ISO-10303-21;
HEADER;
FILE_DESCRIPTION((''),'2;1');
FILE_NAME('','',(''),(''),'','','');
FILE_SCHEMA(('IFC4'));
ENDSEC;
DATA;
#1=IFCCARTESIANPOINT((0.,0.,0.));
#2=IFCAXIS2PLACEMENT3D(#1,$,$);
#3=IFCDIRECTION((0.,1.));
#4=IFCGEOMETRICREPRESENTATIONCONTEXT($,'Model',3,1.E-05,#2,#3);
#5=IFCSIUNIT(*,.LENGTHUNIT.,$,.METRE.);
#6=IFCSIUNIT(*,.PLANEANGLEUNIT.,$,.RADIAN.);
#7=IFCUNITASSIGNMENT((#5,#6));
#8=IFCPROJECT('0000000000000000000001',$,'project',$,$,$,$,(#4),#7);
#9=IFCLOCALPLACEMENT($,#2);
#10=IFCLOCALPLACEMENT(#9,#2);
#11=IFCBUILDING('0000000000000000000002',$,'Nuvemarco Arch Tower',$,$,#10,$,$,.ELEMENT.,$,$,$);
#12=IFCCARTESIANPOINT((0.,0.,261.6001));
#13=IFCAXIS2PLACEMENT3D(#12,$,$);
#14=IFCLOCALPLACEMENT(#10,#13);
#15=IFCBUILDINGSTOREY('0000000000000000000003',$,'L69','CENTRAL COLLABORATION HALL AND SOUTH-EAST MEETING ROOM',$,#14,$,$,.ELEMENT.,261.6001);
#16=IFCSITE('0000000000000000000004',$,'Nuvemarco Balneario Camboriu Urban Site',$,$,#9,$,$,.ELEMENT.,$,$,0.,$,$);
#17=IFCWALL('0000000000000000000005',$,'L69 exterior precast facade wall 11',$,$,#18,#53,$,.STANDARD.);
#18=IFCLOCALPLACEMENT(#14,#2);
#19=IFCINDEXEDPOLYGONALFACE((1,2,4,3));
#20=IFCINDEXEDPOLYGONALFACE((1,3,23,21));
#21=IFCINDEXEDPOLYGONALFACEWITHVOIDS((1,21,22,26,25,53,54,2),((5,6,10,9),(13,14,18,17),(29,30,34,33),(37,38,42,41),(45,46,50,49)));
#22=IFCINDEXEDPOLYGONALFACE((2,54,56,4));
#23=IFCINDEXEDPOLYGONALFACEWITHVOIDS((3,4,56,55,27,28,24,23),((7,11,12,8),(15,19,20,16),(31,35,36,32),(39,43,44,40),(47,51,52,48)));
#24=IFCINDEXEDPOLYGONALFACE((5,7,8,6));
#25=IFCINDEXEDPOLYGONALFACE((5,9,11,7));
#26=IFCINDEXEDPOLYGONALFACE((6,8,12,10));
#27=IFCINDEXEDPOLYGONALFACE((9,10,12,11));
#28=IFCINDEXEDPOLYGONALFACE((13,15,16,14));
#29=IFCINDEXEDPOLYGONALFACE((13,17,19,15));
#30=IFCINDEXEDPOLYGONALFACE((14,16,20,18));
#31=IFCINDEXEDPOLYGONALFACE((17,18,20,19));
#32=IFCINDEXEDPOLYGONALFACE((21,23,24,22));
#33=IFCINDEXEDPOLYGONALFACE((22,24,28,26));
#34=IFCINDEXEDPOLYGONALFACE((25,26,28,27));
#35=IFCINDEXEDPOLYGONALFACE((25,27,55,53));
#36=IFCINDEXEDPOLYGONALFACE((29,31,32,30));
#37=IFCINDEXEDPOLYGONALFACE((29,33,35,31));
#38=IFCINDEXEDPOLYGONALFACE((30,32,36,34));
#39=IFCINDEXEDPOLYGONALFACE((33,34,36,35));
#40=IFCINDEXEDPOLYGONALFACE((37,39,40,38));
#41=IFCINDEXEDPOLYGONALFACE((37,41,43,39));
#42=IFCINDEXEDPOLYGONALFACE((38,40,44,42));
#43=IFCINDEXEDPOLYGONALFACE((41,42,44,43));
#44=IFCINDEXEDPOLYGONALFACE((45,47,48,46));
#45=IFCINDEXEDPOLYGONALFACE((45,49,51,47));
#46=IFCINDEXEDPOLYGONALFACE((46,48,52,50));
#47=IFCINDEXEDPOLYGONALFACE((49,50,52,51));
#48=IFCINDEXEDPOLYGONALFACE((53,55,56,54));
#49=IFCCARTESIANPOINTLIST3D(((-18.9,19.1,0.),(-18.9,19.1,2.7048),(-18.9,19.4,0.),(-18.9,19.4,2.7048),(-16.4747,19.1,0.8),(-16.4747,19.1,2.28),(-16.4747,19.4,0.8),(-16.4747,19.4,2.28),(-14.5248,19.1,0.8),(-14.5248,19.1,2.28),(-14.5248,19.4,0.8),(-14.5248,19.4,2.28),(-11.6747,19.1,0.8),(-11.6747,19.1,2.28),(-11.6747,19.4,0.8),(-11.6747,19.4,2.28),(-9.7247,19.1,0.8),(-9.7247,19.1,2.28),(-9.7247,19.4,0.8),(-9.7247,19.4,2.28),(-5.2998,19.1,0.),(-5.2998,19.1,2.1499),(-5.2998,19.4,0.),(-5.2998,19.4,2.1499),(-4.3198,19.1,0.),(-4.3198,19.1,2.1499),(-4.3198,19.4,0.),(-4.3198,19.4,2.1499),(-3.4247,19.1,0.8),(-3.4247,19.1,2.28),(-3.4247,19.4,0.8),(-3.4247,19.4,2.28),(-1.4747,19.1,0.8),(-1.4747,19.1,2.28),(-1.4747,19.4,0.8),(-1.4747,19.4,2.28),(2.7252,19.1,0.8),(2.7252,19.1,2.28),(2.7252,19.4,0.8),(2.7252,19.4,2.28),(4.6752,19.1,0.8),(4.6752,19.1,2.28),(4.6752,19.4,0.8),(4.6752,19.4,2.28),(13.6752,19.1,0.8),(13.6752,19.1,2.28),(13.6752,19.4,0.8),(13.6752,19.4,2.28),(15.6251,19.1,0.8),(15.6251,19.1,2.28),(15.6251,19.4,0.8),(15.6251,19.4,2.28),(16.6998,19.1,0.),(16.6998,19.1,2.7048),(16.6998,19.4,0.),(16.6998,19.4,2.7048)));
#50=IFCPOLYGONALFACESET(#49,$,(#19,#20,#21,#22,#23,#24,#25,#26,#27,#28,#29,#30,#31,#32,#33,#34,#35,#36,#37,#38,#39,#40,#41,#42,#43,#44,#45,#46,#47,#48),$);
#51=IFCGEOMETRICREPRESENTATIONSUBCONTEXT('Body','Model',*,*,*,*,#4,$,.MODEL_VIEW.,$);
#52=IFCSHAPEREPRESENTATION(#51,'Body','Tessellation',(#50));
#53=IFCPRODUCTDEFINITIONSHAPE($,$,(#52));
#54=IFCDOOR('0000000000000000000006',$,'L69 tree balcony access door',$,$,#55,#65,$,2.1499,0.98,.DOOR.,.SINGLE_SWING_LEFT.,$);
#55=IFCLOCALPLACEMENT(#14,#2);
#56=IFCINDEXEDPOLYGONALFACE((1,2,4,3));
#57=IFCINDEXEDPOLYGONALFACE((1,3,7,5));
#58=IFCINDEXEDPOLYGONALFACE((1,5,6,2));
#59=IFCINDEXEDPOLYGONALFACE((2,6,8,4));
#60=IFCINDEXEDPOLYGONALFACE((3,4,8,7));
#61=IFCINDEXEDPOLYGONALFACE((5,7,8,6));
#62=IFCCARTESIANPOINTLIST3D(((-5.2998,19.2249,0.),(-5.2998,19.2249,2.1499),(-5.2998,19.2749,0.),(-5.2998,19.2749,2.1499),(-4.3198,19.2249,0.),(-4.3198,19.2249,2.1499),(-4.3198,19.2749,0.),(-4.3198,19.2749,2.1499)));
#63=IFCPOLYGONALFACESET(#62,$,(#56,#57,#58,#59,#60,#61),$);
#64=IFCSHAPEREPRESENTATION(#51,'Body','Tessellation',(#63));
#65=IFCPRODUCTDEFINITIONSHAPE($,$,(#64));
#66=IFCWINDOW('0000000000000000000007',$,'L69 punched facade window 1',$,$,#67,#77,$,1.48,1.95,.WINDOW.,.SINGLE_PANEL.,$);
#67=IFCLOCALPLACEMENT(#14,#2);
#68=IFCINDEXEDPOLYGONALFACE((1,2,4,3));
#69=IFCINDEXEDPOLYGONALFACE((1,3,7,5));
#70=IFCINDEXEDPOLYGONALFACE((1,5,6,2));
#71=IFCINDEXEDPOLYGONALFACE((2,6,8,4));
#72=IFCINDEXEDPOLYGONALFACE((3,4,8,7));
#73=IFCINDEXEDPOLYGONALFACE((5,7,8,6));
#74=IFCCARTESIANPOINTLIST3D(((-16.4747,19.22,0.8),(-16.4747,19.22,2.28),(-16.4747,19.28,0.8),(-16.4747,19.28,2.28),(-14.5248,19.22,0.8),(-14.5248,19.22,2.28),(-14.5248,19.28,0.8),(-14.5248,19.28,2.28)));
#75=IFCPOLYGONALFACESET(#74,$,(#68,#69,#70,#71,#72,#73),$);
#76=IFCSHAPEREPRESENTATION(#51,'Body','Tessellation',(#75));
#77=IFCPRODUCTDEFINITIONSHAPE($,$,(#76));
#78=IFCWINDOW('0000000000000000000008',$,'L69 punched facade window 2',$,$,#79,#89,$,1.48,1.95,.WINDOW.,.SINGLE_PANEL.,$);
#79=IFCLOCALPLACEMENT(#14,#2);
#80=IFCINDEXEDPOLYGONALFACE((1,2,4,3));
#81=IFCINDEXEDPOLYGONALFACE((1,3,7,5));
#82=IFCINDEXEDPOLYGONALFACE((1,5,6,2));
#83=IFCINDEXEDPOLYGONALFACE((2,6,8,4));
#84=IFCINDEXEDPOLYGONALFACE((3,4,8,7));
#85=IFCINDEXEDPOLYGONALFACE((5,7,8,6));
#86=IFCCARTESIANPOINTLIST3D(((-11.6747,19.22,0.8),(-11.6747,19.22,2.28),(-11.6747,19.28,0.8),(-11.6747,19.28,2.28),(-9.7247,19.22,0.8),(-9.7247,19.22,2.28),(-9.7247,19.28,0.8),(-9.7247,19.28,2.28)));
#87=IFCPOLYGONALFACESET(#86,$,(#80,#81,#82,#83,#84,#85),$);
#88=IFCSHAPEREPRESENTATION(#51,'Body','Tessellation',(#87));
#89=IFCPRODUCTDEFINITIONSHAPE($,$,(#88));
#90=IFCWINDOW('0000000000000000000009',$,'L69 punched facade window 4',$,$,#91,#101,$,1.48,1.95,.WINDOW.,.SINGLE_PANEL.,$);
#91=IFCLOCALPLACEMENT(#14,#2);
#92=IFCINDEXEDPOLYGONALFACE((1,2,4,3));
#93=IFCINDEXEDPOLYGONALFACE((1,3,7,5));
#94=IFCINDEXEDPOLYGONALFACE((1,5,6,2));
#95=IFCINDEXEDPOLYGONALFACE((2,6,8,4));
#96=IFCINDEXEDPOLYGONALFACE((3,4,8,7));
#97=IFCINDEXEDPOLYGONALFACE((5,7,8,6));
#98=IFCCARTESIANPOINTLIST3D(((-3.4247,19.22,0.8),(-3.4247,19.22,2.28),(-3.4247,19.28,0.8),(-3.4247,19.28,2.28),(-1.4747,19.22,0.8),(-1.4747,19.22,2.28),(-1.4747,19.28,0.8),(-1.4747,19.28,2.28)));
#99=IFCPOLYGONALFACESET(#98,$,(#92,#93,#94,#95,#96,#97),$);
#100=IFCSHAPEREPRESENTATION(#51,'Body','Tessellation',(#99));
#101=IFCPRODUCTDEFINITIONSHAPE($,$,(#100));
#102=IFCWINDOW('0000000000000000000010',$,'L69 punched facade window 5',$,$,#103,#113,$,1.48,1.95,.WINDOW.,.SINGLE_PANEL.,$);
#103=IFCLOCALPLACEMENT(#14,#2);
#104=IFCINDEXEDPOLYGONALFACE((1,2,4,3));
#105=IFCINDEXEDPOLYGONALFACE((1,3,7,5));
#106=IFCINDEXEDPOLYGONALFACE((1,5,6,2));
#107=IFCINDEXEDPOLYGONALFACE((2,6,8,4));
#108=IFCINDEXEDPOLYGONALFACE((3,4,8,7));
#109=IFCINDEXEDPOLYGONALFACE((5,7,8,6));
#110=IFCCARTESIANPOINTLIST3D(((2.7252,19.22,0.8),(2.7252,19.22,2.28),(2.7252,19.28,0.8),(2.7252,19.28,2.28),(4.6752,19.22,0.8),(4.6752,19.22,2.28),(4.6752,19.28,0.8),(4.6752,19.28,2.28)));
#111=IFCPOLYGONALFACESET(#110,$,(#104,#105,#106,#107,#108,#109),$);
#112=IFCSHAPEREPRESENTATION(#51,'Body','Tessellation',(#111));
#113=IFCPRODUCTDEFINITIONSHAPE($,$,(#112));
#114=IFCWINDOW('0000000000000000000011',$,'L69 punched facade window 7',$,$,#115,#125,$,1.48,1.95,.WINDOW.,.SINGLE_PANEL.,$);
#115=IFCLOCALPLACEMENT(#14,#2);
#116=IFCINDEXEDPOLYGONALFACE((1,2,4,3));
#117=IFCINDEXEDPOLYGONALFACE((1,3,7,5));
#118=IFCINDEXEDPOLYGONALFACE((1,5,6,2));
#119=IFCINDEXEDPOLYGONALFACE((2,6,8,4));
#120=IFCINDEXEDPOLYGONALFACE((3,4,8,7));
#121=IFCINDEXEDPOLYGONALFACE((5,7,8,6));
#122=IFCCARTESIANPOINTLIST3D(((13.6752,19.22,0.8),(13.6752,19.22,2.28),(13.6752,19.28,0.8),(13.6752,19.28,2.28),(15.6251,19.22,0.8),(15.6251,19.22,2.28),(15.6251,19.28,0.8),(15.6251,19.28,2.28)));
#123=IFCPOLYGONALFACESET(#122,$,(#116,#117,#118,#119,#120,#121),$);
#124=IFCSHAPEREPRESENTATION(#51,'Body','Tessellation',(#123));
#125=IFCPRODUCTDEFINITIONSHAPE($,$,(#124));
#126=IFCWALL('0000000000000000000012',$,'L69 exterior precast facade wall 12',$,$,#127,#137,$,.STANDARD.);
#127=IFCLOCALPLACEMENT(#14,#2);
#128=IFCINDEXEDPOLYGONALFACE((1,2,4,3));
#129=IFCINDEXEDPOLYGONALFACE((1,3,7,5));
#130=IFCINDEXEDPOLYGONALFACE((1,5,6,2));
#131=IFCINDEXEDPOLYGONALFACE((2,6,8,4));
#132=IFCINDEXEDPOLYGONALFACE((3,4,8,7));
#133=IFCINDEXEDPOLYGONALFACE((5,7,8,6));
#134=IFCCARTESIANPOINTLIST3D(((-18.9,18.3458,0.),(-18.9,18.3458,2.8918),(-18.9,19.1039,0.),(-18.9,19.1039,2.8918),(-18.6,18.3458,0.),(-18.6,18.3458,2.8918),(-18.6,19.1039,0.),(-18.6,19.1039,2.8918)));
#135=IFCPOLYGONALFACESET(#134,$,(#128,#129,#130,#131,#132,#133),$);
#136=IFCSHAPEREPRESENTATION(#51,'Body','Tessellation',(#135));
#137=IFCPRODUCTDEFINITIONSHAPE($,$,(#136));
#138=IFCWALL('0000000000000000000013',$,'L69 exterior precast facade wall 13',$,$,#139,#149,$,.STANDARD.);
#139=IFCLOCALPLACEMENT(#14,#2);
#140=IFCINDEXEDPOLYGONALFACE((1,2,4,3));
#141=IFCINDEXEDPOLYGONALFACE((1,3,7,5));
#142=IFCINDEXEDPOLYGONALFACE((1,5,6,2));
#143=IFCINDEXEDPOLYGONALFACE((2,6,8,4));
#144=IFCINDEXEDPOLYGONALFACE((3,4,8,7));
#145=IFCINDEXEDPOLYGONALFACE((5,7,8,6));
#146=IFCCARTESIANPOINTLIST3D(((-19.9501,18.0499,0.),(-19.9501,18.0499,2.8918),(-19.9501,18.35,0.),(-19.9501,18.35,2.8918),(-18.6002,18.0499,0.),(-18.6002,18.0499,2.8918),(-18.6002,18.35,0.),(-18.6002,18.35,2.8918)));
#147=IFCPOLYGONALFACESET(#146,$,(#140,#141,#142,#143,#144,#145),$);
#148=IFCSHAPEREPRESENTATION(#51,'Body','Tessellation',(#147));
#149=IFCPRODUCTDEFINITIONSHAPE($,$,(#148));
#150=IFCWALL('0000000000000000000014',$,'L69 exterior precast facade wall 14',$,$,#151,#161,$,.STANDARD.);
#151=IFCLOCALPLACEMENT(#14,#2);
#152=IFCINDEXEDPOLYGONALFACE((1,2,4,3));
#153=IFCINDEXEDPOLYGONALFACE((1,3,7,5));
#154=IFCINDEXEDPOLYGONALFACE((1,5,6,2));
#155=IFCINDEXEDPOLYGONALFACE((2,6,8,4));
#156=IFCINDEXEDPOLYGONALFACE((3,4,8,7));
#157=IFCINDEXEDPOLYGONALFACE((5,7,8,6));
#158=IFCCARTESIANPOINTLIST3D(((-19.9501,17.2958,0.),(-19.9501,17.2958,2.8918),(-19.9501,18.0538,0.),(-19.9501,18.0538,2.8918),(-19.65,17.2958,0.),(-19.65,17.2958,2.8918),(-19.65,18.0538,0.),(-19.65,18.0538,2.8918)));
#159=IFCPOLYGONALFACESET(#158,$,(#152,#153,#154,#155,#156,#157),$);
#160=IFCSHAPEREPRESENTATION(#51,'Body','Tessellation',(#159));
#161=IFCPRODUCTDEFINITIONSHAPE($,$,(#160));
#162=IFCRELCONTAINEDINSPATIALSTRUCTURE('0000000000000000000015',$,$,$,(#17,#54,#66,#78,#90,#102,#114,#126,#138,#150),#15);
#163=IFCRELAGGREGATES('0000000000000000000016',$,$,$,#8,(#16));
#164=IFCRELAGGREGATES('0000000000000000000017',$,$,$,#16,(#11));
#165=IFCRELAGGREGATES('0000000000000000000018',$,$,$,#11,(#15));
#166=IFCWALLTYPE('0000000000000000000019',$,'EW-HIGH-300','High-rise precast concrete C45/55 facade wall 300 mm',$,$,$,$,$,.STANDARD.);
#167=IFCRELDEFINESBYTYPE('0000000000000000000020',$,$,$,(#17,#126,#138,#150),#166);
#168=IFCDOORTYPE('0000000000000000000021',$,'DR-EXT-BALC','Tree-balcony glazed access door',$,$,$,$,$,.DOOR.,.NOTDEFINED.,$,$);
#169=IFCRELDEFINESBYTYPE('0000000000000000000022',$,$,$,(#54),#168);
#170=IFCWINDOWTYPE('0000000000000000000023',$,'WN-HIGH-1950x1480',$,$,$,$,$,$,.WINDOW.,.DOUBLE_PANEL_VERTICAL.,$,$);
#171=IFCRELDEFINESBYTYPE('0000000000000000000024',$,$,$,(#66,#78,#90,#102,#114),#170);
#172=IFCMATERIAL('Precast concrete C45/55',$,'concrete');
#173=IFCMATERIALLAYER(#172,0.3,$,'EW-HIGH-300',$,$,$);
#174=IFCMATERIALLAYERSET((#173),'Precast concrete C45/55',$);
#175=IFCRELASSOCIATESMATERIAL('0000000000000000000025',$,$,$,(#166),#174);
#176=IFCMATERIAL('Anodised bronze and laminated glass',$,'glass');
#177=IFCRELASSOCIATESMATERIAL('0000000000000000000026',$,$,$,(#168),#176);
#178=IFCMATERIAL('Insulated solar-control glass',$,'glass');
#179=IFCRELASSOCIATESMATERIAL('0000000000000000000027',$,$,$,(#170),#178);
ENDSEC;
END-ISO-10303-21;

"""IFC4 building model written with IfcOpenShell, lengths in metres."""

from ifc_helpers import new_model, si_unit, direction, frame, frame_2d, origin, place, context, subcontext, project, spatial, rectangle, extrude, source, transform, mapped, material, layer, layer_set, type_object, type_shapes, element, fill, save


model = new_model("IFC4")

# Units and contexts
model_context = context("Model", 3, precision=1e-05, world=origin(), true_north=direction((0.0, 1.0)))
body_context = subcontext(model_context, "Body", "Model", "MODEL_VIEW")
ifc_project = project(units=[si_unit("LENGTHUNIT", "METRE"), si_unit("PLANEANGLEUNIT", "RADIAN")], contexts=[model_context])

# Site, building, storey
site_placement = place(None, origin())
site = spatial("IfcSite", under=ifc_project, at=site_placement, Name="Nuvemarco Balneario Camboriu Urban Site", CompositionType="ELEMENT", RefElevation=0.0)
building_placement = place(site_placement, origin())
building = spatial("IfcBuilding", under=site, at=building_placement, Name="Nuvemarco Arch Tower", CompositionType="ELEMENT")
storey_placement = place(building_placement, frame((0.0, 0.0, 261.6001)))
storey = spatial("IfcBuildingStorey", under=building, at=storey_placement, Name="L69", Description="CENTRAL COLLABORATION HALL AND SOUTH-EAST MEETING ROOM", CompositionType="ELEMENT", Elevation=261.6001)

# Wall, openings, door, windows
ifc_material_1 = material(Name="Precast concrete C45/55", Category="concrete")
ifc_layer_1 = layer(ifc_material_1, 0.3, Name="EW-HIGH-300")
ifc_layer_set_1 = layer_set([ifc_layer_1], Name="Precast concrete C45/55")
wall_type_1 = type_object("IfcWallType", Name="EW-HIGH-300", Description="High-rise precast concrete C45/55 facade wall 300 mm", PredefinedType="STANDARD", material=ifc_layer_set_1)
wall_1_placement = place(storey_placement, frame((-18.8999, 19.25, 0.0), z_axis=(0.0, 0.0, 1.0), x_axis=(1.0, 0.0, 0.0)))
wall_1 = element("IfcWall", 1, at=wall_1_placement, inside=storey, type_object=wall_type_1, Name="L69 exterior precast facade wall 11", PredefinedType="STANDARD", context=body_context, shape_type="SweptSolid", body=[
    extrude(rectangle(XDim=35.5999, YDim=0.3, at=frame_2d((17.7998, 0.0))), origin(), (0.0, 0.0, 1.0), 2.7048),
])
opening_1_placement = place(wall_1_placement, frame((13.6001, 0.0, 0.0)))
opening_1 = element("IfcOpeningElement", 2, at=opening_1_placement, cuts=wall_1, PredefinedType="OPENING", context=body_context, shape_type="SweptSolid", body=[
    extrude(rectangle(XDim=0.98, YDim=2.1499, at=frame_2d((0.49, 1.075))), frame((0.0, 0.1599, 0.0), z_axis=(0.0, -1.0, 0.0), x_axis=(1.0, 0.0, 0.0)), (0.0, 0.0, 1.0), 0.3201),
])
opening_2_placement = place(wall_1_placement, frame((2.425, 0.0, 0.8)))
opening_2 = element("IfcOpeningElement", 3, at=opening_2_placement, cuts=wall_1, PredefinedType="OPENING", context=body_context, shape_type="SweptSolid", body=[
    extrude(rectangle(XDim=1.95, YDim=1.48, at=frame_2d((0.9751, 0.74))), frame((0.0, 0.1599, 0.0), z_axis=(0.0, -1.0, 0.0), x_axis=(1.0, 0.0, 0.0)), (0.0, 0.0, 1.0), 0.3201),
])
opening_3_placement = place(wall_1_placement, frame((7.2251, 0.0, 0.8)))
opening_3 = element("IfcOpeningElement", 4, at=opening_3_placement, cuts=wall_1, PredefinedType="OPENING", context=body_context, shape_type="SweptSolid", body=[
    extrude(rectangle(XDim=1.95, YDim=1.48, at=frame_2d((0.9751, 0.74))), frame((0.0, 0.1599, 0.0), z_axis=(0.0, -1.0, 0.0), x_axis=(1.0, 0.0, 0.0)), (0.0, 0.0, 1.0), 0.3201),
])
opening_4_placement = place(wall_1_placement, frame((15.4751, 0.0, 0.8)))
opening_4 = element("IfcOpeningElement", 5, at=opening_4_placement, cuts=wall_1, PredefinedType="OPENING", context=body_context, shape_type="SweptSolid", body=[
    extrude(rectangle(XDim=1.95, YDim=1.48, at=frame_2d((0.9751, 0.74))), frame((0.0, 0.1599, 0.0), z_axis=(0.0, -1.0, 0.0), x_axis=(1.0, 0.0, 0.0)), (0.0, 0.0, 1.0), 0.3201),
])
opening_5_placement = place(wall_1_placement, frame((21.625, 0.0, 0.8)))
opening_5 = element("IfcOpeningElement", 6, at=opening_5_placement, cuts=wall_1, PredefinedType="OPENING", context=body_context, shape_type="SweptSolid", body=[
    extrude(rectangle(XDim=1.95, YDim=1.48, at=frame_2d((0.9751, 0.74))), frame((0.0, 0.1599, 0.0), z_axis=(0.0, -1.0, 0.0), x_axis=(1.0, 0.0, 0.0)), (0.0, 0.0, 1.0), 0.3201),
])
opening_6_placement = place(wall_1_placement, frame((32.575, 0.0, 0.8)))
opening_6 = element("IfcOpeningElement", 7, at=opening_6_placement, cuts=wall_1, PredefinedType="OPENING", context=body_context, shape_type="SweptSolid", body=[
    extrude(rectangle(XDim=1.95, YDim=1.48, at=frame_2d((0.9751, 0.74))), frame((0.0, 0.1599, 0.0), z_axis=(0.0, -1.0, 0.0), x_axis=(1.0, 0.0, 0.0)), (0.0, 0.0, 1.0), 0.3201),
])
ifc_material_2 = material(Name="Anodised bronze and laminated glass", Category="glass")
door_type_1 = type_object("IfcDoorType", Name="DR-EXT-BALC", Description="Tree-balcony glazed access door", OperationType="NOTDEFINED", PredefinedType="DOOR", material=ifc_material_2)
shared_shape_1 = source(origin(), body_context, "Body", "SweptSolid", [
    extrude(rectangle(XDim=0.98, YDim=2.1499, at=frame_2d((0.49, 1.075))), frame((0.0, 0.0249, 0.0), z_axis=(0.0, -1.0, 0.0), x_axis=(1.0, 0.0, 0.0)), (0.0, 0.0, 1.0), 0.05),
])
type_shapes(door_type_1, [shared_shape_1])
door_1_placement = place(opening_1_placement, origin())
door_1 = element("IfcDoor", 8, at=door_1_placement, inside=storey, type_object=door_type_1, Name="L69 tree balcony access door", OperationType="SINGLE_SWING_LEFT", OverallHeight=2.1499, OverallWidth=0.98, PredefinedType="DOOR", context=body_context, shape_type="MappedRepresentation", body=[
    mapped(shared_shape_1, transform((0.0, 0.0, 0.0), scale=1.0)),
])
fill(opening_1, door_1)
ifc_material_3 = material(Name="Insulated solar-control glass", Category="glass")
window_type = type_object("IfcWindowType", Name="WN-HIGH-1950x1480", PartitioningType="DOUBLE_PANEL_VERTICAL", PredefinedType="WINDOW", material=ifc_material_3)
shared_shape_2 = source(origin(), body_context, "Body", "SweptSolid", [
    extrude(rectangle(XDim=1.95, YDim=1.48, at=frame_2d((0.9751, 0.74))), frame((0.0, 0.03, 0.0), z_axis=(0.0, -1.0, 0.0), x_axis=(1.0, 0.0, 0.0)), (0.0, 0.0, 1.0), 0.0601),
])
type_shapes(window_type, [shared_shape_2])
window_1_placement = place(opening_2_placement, origin())
window_1 = element("IfcWindow", 9, at=window_1_placement, inside=storey, type_object=window_type, Name="L69 punched facade window 1", OverallHeight=1.48, OverallWidth=1.95, PartitioningType="SINGLE_PANEL", PredefinedType="WINDOW", context=body_context, shape_type="MappedRepresentation", body=[
    mapped(shared_shape_2, transform((0.0, 0.0, 0.0), scale=1.0)),
])
fill(opening_2, window_1)
window_2_placement = place(opening_3_placement, origin())
window_2 = element("IfcWindow", 10, at=window_2_placement, inside=storey, type_object=window_type, Name="L69 punched facade window 2", OverallHeight=1.48, OverallWidth=1.95, PartitioningType="SINGLE_PANEL", PredefinedType="WINDOW", context=body_context, shape_type="MappedRepresentation", body=[
    mapped(shared_shape_2, transform((0.0, 0.0, 0.0), scale=1.0)),
])
fill(opening_3, window_2)
window_3_placement = place(opening_4_placement, origin())
window_3 = element("IfcWindow", 11, at=window_3_placement, inside=storey, type_object=window_type, Name="L69 punched facade window 4", OverallHeight=1.48, OverallWidth=1.95, PartitioningType="SINGLE_PANEL", PredefinedType="WINDOW", context=body_context, shape_type="MappedRepresentation", body=[
    mapped(shared_shape_2, transform((0.0, 0.0, 0.0), scale=1.0)),
])
fill(opening_4, window_3)
window_4_placement = place(opening_5_placement, origin())
window_4 = element("IfcWindow", 12, at=window_4_placement, inside=storey, type_object=window_type, Name="L69 punched facade window 5", OverallHeight=1.48, OverallWidth=1.95, PartitioningType="SINGLE_PANEL", PredefinedType="WINDOW", context=body_context, shape_type="MappedRepresentation", body=[
    mapped(shared_shape_2, transform((0.0, 0.0, 0.0), scale=1.0)),
])
fill(opening_5, window_4)
window_5_placement = place(opening_6_placement, origin())
window_5 = element("IfcWindow", 13, at=window_5_placement, inside=storey, type_object=window_type, Name="L69 punched facade window 7", OverallHeight=1.48, OverallWidth=1.95, PartitioningType="SINGLE_PANEL", PredefinedType="WINDOW", context=body_context, shape_type="MappedRepresentation", body=[
    mapped(shared_shape_2, transform((0.0, 0.0, 0.0), scale=1.0)),
])
fill(opening_6, window_5)

# Walls
wall_2_placement = place(storey_placement, frame((-18.75, 18.3459, 0.0), z_axis=(0.0, 0.0, 1.0), x_axis=(0.0, 1.0, 0.0)))
element("IfcWall", 14, at=wall_2_placement, inside=storey, type_object=wall_type_1, Name="L69 exterior precast facade wall 12", PredefinedType="STANDARD", context=body_context, shape_type="SweptSolid", body=[
    extrude(rectangle(XDim=0.7581, YDim=0.3, at=frame_2d((0.3789, 0.0))), origin(), (0.0, 0.0, 1.0), 2.8918),
])
wall_3_placement = place(storey_placement, frame((-19.95, 18.2, 0.0), z_axis=(0.0, 0.0, 1.0), x_axis=(1.0, 0.0, 0.0)))
element("IfcWall", 15, at=wall_3_placement, inside=storey, type_object=wall_type_1, Name="L69 exterior precast facade wall 13", PredefinedType="STANDARD", context=body_context, shape_type="SweptSolid", body=[
    extrude(rectangle(XDim=1.3499, YDim=0.3, at=frame_2d((0.6748, 0.0))), origin(), (0.0, 0.0, 1.0), 2.8918),
])
wall_4_placement = place(storey_placement, frame((-19.8, 17.2959, 0.0), z_axis=(0.0, 0.0, 1.0), x_axis=(0.0, 1.0, 0.0)))
element("IfcWall", 16, at=wall_4_placement, inside=storey, type_object=wall_type_1, Name="L69 exterior precast facade wall 14", PredefinedType="STANDARD", context=body_context, shape_type="SweptSolid", body=[
    extrude(rectangle(XDim=0.7581, YDim=0.3, at=frame_2d((0.3789, 0.0))), origin(), (0.0, 0.0, 1.0), 2.8918),
])

save(model, "model.ifc")
